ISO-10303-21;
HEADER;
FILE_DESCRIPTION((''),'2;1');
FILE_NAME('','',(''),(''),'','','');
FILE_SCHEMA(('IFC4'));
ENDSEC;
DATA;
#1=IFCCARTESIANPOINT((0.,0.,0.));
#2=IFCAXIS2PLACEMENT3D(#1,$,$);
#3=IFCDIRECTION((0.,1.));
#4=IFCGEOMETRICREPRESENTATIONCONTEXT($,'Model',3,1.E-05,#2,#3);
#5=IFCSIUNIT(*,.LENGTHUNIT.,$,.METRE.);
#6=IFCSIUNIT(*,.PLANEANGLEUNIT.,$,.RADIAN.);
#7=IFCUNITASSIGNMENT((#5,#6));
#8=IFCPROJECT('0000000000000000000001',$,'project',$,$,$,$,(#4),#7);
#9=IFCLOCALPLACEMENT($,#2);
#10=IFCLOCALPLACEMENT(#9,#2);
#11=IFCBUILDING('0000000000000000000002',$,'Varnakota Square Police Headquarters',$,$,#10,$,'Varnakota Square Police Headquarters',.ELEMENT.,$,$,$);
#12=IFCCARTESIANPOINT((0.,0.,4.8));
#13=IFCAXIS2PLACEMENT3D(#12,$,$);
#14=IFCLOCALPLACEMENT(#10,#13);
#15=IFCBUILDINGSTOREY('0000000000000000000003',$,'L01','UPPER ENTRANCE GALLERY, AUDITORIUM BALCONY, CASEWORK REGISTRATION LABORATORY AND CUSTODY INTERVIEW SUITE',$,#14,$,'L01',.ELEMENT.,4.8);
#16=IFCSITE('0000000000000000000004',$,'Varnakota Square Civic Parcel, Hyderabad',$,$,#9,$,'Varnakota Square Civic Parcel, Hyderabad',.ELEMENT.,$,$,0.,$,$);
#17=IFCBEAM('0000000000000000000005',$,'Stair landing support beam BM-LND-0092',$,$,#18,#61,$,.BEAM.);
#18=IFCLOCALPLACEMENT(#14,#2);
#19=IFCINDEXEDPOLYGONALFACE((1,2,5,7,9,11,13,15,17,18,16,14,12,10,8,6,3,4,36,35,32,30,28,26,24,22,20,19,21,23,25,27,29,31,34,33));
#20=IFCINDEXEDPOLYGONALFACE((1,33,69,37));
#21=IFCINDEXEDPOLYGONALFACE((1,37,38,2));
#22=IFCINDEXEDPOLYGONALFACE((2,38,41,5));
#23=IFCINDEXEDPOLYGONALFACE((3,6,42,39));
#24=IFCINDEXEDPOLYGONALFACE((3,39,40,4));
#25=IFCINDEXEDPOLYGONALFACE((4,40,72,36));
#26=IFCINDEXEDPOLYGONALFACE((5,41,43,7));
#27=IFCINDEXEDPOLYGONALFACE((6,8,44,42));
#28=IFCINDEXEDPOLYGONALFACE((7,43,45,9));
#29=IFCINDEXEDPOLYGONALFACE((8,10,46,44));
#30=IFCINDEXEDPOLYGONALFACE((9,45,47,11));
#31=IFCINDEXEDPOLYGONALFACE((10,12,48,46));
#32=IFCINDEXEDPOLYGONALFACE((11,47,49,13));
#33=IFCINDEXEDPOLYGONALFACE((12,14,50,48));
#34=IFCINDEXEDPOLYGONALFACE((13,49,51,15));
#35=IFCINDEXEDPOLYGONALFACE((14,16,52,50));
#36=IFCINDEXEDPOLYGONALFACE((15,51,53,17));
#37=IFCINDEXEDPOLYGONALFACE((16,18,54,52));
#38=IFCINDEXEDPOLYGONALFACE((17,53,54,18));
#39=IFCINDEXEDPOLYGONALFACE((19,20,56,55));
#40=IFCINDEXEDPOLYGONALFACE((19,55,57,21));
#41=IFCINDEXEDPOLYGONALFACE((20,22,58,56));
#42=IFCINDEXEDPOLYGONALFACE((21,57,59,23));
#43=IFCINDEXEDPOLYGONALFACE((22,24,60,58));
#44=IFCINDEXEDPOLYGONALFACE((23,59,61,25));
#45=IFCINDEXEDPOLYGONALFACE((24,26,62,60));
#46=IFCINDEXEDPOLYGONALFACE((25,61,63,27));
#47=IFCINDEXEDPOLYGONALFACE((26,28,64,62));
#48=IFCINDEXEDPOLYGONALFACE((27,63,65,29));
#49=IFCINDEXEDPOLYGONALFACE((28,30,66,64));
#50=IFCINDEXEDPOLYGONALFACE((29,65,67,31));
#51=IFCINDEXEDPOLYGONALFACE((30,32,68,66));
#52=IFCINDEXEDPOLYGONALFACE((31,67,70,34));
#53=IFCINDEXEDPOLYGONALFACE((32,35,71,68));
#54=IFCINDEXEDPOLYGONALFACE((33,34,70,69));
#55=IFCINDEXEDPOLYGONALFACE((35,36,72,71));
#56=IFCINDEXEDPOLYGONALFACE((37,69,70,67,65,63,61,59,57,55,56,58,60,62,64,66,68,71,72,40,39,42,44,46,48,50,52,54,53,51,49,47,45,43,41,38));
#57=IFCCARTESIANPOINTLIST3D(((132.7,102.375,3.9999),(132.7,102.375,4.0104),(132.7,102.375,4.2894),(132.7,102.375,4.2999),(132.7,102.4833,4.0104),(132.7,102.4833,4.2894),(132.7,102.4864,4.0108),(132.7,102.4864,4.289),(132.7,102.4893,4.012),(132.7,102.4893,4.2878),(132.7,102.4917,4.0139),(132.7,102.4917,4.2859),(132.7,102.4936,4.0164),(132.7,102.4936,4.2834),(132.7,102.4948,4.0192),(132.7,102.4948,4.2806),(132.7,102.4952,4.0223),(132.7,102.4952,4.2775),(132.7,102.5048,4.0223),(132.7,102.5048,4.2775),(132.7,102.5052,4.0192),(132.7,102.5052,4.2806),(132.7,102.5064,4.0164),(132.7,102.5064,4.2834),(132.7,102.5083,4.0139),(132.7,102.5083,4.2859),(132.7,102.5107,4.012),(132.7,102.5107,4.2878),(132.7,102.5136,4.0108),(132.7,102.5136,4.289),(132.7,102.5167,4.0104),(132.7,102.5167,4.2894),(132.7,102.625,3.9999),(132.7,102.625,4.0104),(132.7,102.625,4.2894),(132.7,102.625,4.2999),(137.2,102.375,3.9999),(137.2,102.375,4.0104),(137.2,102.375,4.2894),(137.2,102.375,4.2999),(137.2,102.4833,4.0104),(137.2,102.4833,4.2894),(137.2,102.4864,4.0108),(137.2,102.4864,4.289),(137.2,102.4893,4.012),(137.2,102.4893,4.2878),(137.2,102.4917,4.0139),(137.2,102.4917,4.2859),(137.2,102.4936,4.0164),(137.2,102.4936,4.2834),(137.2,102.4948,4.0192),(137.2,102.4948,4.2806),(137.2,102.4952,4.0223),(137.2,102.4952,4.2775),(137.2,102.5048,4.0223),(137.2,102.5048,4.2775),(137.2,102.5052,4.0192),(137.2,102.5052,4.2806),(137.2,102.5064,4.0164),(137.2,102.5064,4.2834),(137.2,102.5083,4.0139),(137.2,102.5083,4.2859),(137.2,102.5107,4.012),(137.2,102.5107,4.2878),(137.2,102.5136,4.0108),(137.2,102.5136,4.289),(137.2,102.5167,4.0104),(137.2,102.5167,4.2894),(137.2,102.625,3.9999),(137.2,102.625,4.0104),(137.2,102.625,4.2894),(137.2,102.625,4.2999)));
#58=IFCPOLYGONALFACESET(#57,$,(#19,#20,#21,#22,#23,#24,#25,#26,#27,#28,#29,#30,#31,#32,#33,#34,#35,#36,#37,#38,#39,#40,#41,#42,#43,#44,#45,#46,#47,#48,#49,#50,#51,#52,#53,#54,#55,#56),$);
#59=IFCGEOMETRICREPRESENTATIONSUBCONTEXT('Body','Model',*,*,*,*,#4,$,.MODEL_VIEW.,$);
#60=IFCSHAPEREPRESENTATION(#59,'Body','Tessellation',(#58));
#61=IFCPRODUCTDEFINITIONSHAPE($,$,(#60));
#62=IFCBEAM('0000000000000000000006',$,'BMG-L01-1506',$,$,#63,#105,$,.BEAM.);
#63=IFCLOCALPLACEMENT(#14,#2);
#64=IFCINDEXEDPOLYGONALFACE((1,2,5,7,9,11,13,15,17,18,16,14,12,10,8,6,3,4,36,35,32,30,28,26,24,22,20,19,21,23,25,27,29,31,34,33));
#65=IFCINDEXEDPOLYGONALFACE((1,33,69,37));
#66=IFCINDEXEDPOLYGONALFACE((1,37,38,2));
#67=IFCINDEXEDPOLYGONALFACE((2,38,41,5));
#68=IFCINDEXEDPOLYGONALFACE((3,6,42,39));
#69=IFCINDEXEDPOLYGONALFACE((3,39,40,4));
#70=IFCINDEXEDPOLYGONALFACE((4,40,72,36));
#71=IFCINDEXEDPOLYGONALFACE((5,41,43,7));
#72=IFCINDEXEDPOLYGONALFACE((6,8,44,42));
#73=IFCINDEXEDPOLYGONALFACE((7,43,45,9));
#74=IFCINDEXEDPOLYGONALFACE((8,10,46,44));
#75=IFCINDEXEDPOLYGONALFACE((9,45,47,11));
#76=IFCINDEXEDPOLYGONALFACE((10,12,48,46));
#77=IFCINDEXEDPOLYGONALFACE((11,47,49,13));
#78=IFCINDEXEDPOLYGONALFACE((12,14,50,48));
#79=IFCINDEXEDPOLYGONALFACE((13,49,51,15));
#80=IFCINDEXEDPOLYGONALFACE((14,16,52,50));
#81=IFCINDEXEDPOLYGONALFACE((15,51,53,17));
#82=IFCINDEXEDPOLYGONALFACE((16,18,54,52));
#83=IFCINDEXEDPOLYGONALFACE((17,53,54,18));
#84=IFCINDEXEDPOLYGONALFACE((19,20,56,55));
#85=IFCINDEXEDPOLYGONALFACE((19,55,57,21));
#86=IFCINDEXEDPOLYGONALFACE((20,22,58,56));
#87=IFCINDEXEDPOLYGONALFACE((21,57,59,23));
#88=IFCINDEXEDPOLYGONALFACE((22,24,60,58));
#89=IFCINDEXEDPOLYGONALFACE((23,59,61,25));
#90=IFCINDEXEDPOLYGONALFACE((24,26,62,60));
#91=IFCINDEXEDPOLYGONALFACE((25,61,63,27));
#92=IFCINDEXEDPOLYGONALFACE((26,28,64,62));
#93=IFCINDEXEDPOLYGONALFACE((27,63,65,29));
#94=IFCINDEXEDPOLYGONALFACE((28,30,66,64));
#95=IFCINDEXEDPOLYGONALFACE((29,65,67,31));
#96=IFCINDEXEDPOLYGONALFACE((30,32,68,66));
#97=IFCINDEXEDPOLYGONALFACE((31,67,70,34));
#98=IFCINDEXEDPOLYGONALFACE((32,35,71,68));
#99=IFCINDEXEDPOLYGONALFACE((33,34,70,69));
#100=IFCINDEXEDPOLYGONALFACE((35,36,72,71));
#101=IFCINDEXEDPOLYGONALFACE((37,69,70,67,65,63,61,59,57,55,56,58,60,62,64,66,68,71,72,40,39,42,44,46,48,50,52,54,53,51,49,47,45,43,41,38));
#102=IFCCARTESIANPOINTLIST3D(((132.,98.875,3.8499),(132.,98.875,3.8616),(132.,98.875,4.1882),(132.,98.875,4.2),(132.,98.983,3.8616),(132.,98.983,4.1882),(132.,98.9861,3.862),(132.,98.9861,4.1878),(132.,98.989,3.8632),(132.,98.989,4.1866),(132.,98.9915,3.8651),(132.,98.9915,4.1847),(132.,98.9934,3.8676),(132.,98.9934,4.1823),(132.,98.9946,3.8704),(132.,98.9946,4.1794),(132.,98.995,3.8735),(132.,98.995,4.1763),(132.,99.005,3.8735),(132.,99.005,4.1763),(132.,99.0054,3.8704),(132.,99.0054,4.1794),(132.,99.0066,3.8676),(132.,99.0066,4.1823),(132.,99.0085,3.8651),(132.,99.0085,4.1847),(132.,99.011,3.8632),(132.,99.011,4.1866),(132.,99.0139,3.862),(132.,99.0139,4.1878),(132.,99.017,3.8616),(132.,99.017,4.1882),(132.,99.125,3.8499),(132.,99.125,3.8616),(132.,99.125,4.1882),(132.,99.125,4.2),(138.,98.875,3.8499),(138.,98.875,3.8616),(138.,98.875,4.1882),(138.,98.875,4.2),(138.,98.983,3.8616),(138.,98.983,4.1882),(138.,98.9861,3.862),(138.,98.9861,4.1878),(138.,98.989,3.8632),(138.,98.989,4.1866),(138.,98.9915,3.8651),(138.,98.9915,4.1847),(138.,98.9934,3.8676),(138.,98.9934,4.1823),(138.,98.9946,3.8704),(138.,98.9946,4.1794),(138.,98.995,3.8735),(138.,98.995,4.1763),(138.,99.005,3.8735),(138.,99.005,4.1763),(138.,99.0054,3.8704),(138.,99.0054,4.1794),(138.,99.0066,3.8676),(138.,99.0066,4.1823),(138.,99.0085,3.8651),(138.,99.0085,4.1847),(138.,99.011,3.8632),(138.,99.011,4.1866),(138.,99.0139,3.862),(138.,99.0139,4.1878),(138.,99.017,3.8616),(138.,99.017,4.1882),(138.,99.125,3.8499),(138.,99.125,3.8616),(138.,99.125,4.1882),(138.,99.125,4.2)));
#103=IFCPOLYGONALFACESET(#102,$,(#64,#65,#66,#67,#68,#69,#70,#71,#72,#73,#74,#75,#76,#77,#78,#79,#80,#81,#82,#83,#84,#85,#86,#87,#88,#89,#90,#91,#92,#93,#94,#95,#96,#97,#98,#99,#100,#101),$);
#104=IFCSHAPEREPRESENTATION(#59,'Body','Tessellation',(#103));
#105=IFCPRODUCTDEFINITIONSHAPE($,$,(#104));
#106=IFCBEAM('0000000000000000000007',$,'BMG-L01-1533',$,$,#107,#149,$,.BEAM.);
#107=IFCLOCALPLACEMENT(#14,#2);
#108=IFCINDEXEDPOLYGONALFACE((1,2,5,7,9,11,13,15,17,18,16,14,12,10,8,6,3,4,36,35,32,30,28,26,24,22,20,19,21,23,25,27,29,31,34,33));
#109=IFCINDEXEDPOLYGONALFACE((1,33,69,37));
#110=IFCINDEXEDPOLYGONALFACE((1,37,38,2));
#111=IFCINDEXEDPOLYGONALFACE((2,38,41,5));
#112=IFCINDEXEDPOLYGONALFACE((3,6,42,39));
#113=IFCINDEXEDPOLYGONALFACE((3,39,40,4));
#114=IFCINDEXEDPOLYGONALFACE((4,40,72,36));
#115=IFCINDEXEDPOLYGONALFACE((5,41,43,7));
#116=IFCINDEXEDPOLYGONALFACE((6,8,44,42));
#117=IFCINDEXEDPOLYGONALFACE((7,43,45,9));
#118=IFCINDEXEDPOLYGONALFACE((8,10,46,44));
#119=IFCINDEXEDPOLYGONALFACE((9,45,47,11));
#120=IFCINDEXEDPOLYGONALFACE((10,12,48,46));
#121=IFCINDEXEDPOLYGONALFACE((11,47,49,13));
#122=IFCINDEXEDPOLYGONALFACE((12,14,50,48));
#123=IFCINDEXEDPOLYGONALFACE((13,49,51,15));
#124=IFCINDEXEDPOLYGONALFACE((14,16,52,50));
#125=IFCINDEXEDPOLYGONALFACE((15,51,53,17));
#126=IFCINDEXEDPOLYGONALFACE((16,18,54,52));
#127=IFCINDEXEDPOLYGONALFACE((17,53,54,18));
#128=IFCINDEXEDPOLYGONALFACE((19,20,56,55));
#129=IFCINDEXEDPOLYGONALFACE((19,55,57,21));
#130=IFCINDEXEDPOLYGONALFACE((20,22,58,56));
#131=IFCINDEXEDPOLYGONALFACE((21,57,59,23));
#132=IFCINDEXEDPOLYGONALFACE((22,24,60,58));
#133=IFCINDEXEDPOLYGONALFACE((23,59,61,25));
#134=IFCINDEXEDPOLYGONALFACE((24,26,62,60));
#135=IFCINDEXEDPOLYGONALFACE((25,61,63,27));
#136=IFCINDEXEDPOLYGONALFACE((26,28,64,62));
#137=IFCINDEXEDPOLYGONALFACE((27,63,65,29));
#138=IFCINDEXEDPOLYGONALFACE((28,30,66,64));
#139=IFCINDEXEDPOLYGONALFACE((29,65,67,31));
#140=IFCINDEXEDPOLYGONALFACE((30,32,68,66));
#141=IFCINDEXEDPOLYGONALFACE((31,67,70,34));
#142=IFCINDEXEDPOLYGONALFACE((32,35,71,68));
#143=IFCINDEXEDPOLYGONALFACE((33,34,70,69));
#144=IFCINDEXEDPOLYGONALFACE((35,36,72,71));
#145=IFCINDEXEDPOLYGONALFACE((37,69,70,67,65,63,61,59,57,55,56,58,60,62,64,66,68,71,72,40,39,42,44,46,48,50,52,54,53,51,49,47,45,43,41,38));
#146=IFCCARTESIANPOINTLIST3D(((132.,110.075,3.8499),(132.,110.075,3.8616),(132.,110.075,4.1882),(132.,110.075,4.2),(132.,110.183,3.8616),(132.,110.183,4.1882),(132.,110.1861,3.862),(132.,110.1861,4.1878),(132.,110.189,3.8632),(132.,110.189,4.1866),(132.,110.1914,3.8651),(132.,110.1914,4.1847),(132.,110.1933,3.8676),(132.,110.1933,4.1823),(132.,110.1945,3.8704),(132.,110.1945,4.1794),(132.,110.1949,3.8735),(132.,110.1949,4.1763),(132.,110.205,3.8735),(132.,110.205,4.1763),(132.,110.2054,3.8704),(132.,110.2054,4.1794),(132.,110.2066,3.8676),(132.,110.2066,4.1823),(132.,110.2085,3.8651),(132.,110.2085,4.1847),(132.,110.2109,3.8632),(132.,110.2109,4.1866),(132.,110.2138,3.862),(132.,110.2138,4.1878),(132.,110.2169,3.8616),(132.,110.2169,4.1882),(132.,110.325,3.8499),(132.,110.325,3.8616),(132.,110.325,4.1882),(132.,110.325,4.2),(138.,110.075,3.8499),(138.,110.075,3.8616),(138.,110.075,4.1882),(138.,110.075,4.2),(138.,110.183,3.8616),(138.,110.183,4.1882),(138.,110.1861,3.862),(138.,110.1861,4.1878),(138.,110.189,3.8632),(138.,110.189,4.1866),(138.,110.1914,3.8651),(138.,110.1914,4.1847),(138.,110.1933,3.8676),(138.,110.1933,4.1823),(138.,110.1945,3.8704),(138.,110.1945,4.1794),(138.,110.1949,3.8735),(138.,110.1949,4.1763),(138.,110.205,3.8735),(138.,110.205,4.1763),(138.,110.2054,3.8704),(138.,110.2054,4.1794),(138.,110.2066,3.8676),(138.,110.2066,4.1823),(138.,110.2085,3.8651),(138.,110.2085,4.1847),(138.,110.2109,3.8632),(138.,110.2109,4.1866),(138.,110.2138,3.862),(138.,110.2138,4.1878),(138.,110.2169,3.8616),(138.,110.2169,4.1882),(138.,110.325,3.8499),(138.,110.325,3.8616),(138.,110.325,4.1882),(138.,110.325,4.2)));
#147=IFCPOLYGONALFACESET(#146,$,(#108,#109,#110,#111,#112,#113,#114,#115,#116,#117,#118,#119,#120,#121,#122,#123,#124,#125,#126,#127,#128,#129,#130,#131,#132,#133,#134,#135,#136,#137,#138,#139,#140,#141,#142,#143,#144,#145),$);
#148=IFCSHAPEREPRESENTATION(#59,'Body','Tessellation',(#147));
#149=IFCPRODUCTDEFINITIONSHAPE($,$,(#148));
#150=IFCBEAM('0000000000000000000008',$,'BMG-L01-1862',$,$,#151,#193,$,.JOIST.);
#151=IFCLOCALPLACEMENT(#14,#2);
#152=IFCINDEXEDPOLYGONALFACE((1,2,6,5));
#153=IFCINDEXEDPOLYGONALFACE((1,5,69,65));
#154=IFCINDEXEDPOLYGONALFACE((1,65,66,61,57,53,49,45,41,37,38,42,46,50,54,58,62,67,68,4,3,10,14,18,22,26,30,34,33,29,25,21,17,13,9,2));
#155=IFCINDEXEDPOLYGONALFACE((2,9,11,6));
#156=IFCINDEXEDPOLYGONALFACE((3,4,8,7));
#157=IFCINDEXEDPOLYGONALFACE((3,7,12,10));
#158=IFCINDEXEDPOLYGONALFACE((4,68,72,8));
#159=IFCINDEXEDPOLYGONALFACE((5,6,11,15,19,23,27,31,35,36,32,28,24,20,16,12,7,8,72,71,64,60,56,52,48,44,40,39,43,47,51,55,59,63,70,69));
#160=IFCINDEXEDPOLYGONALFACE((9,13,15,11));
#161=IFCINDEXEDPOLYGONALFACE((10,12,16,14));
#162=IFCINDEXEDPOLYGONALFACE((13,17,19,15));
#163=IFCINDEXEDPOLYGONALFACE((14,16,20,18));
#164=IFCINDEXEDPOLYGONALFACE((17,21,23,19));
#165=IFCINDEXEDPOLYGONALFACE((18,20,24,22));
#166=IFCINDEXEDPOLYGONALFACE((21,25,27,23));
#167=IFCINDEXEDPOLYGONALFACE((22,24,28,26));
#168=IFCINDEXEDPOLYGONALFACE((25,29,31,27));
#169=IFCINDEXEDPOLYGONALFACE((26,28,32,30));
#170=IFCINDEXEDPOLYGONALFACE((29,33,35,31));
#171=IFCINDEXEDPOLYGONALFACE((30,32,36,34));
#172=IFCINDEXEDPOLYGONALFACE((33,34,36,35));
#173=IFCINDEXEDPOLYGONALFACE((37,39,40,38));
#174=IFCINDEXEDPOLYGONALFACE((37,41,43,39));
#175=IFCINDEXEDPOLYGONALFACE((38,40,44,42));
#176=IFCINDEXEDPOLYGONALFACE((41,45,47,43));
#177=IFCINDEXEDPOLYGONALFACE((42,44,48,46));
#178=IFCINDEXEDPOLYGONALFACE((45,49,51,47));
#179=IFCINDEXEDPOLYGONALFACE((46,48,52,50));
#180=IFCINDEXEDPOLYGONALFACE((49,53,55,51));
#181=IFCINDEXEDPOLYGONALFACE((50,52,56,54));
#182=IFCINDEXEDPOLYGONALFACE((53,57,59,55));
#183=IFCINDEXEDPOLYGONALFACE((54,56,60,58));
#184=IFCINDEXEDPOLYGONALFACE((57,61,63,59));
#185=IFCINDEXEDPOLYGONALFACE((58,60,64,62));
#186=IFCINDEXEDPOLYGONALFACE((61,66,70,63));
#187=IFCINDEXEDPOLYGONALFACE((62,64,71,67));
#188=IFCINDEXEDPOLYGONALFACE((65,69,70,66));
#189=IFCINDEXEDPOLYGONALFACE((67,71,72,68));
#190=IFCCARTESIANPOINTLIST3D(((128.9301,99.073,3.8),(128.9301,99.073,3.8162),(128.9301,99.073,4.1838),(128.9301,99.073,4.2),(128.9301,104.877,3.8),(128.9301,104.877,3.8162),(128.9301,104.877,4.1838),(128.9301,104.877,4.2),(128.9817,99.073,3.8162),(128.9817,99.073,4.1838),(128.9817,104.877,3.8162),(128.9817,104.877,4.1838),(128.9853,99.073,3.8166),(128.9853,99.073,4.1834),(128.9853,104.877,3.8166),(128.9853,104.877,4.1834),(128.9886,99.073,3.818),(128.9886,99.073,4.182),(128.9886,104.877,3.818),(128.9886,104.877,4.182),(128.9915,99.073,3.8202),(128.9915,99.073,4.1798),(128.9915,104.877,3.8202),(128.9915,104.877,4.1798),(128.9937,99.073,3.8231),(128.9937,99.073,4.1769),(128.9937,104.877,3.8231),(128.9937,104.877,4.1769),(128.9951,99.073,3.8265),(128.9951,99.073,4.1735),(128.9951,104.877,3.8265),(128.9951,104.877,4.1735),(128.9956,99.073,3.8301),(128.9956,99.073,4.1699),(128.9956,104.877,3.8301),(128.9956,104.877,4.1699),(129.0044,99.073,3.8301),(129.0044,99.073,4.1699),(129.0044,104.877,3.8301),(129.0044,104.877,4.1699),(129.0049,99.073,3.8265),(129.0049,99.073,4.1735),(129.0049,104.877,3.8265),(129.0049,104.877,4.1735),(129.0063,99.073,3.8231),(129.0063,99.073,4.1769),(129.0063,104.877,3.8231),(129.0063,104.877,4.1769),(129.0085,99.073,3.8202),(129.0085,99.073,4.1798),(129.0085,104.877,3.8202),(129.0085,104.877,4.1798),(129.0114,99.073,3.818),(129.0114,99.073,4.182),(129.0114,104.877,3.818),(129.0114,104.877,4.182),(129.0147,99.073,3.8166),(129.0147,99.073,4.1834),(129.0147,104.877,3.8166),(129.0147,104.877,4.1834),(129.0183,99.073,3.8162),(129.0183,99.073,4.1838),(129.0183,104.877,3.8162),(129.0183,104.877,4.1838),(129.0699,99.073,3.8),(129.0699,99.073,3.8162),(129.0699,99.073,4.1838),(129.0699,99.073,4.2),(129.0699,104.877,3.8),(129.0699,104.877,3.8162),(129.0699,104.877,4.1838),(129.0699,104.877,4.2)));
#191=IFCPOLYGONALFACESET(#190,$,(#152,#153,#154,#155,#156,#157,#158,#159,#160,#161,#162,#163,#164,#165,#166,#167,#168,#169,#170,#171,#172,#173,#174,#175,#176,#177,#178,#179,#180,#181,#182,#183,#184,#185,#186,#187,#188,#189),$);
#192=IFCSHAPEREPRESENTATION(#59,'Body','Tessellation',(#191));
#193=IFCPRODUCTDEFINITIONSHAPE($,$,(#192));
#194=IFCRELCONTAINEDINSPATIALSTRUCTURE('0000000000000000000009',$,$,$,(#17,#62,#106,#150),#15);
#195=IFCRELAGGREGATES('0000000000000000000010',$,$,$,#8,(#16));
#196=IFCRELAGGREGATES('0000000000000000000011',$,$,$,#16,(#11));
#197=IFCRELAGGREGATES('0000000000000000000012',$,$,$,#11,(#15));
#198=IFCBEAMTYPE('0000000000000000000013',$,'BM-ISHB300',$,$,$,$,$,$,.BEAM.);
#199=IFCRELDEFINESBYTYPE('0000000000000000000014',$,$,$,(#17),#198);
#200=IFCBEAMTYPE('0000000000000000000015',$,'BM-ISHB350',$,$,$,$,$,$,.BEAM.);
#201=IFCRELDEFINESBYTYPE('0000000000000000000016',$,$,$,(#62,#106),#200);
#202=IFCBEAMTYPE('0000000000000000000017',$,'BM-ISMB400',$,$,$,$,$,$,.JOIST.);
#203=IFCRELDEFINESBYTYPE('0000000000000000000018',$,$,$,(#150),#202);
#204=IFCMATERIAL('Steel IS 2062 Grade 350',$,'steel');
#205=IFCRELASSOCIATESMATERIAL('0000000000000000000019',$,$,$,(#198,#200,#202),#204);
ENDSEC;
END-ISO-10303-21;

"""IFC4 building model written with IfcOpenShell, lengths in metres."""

from ifc_helpers import new_model, si_unit, direction, frame, origin, origin_2d, place, context, subcontext, project, spatial, i_section, extrude, material, material_profile, profile_set, type_object, element, save


model = new_model("IFC4")

# Units and contexts
model_context = context("Model", 3, precision=1e-05, world=origin(), true_north=direction((0.0, 1.0)))
body_context = subcontext(model_context, "Body", "Model", "MODEL_VIEW")
ifc_project = project(units=[si_unit("LENGTHUNIT", "METRE"), si_unit("PLANEANGLEUNIT", "RADIAN")], contexts=[model_context])

# Site, building, storey
site_placement = place(None, origin())
site = spatial("IfcSite", under=ifc_project, at=site_placement, Name="Varnakota Square Civic Parcel, Hyderabad", LongName="Varnakota Square Civic Parcel, Hyderabad", CompositionType="ELEMENT", RefElevation=0.0)
building_placement = place(site_placement, origin())
building = spatial("IfcBuilding", under=site, at=building_placement, Name="Varnakota Square Police Headquarters", LongName="Varnakota Square Police Headquarters", CompositionType="ELEMENT")
storey_placement = place(building_placement, frame((0.0, 0.0, 4.8)))
storey = spatial("IfcBuildingStorey", under=building, at=storey_placement, Name="L01", Description="UPPER ENTRANCE GALLERY, AUDITORIUM BALCONY, CASEWORK REGISTRATION LABORATORY AND CUSTODY INTERVIEW SUITE", LongName="L01", CompositionType="ELEMENT", Elevation=4.8)

# Shared definitions
ifc_material_1 = material(Name="Steel IS 2062 Grade 350", Category="steel")

# Beams
ifc_material_profile_1 = material_profile(ifc_material_1, i_section(OverallWidth=0.25, OverallDepth=0.3, WebThickness=0.0095, FlangeThickness=0.0105, FilletRadius=0.012, at=origin_2d()), Name="ISHB 300")
ifc_profile_set_1 = profile_set([ifc_material_profile_1], Name="Steel IS 2062 Grade 350")
beam_type_1 = type_object("IfcBeamType", Name="BM-ISHB300", PredefinedType="BEAM", material=ifc_profile_set_1)
for number, where, z_axis, x_axis, name in (
    (1, (132.7, 102.5, 4.1499), (1.0, 0.0, 0.0), (0.0, 1.0, 0.0), "Stair landing support beam BM-LND-0092"),
):
    element("IfcBeam", number, at=place(storey_placement, frame(where, z_axis=z_axis, x_axis=x_axis)), inside=storey, type_object=beam_type_1, Name=name, PredefinedType="BEAM", context=body_context, shape_type="SweptSolid", body=[
        extrude(i_section(OverallWidth=0.25, OverallDepth=0.3, WebThickness=0.0095, FlangeThickness=0.0105, FilletRadius=0.012, at=origin_2d()), origin(), (0.0, 0.0, 1.0), 4.5),
    ])
ifc_material_profile_2 = material_profile(ifc_material_1, i_section(OverallWidth=0.25, OverallDepth=0.3501, WebThickness=0.01, FlangeThickness=0.0117, FilletRadius=0.012, at=origin_2d()), Name="ISHB 350")
ifc_profile_set_2 = profile_set([ifc_material_profile_2], Name="Steel IS 2062 Grade 350")
beam_type_2 = type_object("IfcBeamType", Name="BM-ISHB350", PredefinedType="BEAM", material=ifc_profile_set_2)
for number, where, z_axis, x_axis, name in (
    (2, (132.0, 99.0, 4.0249), (1.0, 0.0, 0.0), (0.0, 1.0, 0.0), "BMG-L01-1506"),
    (3, (132.0, 110.2, 4.0249), (1.0, 0.0, 0.0), (0.0, 1.0, 0.0), "BMG-L01-1533"),
):
    element("IfcBeam", number, at=place(storey_placement, frame(where, z_axis=z_axis, x_axis=x_axis)), inside=storey, type_object=beam_type_2, Name=name, PredefinedType="BEAM", context=body_context, shape_type="SweptSolid", body=[
        extrude(i_section(OverallWidth=0.25, OverallDepth=0.3501, WebThickness=0.01, FlangeThickness=0.0117, FilletRadius=0.012, at=origin_2d()), origin(), (0.0, 0.0, 1.0), 6.0),
    ])
ifc_material_profile_3 = material_profile(ifc_material_1, i_section(OverallWidth=0.1399, OverallDepth=0.3999, WebThickness=0.0088, FlangeThickness=0.0161, FilletRadius=0.0139, at=origin_2d()), Name="ISMB 400")
ifc_profile_set_3 = profile_set([ifc_material_profile_3], Name="Steel IS 2062 Grade 350")
beam_type_3 = type_object("IfcBeamType", Name="BM-ISMB400", PredefinedType="JOIST", material=ifc_profile_set_3)
beam_1_placement = place(storey_placement, frame((129.0, 99.073, 4.0), z_axis=(0.0, 1.0, 0.0), x_axis=(-1.0, 0.0, 0.0)))
element("IfcBeam", 4, at=beam_1_placement, inside=storey, type_object=beam_type_3, Name="BMG-L01-1862", PredefinedType="JOIST", context=body_context, shape_type="SweptSolid", body=[
    extrude(i_section(OverallWidth=0.1399, OverallDepth=0.3999, WebThickness=0.0088, FlangeThickness=0.0161, FilletRadius=0.0139, at=origin_2d()), origin(), (0.0, 0.0, 1.0), 5.804),
])

save(model, "model.ifc")
